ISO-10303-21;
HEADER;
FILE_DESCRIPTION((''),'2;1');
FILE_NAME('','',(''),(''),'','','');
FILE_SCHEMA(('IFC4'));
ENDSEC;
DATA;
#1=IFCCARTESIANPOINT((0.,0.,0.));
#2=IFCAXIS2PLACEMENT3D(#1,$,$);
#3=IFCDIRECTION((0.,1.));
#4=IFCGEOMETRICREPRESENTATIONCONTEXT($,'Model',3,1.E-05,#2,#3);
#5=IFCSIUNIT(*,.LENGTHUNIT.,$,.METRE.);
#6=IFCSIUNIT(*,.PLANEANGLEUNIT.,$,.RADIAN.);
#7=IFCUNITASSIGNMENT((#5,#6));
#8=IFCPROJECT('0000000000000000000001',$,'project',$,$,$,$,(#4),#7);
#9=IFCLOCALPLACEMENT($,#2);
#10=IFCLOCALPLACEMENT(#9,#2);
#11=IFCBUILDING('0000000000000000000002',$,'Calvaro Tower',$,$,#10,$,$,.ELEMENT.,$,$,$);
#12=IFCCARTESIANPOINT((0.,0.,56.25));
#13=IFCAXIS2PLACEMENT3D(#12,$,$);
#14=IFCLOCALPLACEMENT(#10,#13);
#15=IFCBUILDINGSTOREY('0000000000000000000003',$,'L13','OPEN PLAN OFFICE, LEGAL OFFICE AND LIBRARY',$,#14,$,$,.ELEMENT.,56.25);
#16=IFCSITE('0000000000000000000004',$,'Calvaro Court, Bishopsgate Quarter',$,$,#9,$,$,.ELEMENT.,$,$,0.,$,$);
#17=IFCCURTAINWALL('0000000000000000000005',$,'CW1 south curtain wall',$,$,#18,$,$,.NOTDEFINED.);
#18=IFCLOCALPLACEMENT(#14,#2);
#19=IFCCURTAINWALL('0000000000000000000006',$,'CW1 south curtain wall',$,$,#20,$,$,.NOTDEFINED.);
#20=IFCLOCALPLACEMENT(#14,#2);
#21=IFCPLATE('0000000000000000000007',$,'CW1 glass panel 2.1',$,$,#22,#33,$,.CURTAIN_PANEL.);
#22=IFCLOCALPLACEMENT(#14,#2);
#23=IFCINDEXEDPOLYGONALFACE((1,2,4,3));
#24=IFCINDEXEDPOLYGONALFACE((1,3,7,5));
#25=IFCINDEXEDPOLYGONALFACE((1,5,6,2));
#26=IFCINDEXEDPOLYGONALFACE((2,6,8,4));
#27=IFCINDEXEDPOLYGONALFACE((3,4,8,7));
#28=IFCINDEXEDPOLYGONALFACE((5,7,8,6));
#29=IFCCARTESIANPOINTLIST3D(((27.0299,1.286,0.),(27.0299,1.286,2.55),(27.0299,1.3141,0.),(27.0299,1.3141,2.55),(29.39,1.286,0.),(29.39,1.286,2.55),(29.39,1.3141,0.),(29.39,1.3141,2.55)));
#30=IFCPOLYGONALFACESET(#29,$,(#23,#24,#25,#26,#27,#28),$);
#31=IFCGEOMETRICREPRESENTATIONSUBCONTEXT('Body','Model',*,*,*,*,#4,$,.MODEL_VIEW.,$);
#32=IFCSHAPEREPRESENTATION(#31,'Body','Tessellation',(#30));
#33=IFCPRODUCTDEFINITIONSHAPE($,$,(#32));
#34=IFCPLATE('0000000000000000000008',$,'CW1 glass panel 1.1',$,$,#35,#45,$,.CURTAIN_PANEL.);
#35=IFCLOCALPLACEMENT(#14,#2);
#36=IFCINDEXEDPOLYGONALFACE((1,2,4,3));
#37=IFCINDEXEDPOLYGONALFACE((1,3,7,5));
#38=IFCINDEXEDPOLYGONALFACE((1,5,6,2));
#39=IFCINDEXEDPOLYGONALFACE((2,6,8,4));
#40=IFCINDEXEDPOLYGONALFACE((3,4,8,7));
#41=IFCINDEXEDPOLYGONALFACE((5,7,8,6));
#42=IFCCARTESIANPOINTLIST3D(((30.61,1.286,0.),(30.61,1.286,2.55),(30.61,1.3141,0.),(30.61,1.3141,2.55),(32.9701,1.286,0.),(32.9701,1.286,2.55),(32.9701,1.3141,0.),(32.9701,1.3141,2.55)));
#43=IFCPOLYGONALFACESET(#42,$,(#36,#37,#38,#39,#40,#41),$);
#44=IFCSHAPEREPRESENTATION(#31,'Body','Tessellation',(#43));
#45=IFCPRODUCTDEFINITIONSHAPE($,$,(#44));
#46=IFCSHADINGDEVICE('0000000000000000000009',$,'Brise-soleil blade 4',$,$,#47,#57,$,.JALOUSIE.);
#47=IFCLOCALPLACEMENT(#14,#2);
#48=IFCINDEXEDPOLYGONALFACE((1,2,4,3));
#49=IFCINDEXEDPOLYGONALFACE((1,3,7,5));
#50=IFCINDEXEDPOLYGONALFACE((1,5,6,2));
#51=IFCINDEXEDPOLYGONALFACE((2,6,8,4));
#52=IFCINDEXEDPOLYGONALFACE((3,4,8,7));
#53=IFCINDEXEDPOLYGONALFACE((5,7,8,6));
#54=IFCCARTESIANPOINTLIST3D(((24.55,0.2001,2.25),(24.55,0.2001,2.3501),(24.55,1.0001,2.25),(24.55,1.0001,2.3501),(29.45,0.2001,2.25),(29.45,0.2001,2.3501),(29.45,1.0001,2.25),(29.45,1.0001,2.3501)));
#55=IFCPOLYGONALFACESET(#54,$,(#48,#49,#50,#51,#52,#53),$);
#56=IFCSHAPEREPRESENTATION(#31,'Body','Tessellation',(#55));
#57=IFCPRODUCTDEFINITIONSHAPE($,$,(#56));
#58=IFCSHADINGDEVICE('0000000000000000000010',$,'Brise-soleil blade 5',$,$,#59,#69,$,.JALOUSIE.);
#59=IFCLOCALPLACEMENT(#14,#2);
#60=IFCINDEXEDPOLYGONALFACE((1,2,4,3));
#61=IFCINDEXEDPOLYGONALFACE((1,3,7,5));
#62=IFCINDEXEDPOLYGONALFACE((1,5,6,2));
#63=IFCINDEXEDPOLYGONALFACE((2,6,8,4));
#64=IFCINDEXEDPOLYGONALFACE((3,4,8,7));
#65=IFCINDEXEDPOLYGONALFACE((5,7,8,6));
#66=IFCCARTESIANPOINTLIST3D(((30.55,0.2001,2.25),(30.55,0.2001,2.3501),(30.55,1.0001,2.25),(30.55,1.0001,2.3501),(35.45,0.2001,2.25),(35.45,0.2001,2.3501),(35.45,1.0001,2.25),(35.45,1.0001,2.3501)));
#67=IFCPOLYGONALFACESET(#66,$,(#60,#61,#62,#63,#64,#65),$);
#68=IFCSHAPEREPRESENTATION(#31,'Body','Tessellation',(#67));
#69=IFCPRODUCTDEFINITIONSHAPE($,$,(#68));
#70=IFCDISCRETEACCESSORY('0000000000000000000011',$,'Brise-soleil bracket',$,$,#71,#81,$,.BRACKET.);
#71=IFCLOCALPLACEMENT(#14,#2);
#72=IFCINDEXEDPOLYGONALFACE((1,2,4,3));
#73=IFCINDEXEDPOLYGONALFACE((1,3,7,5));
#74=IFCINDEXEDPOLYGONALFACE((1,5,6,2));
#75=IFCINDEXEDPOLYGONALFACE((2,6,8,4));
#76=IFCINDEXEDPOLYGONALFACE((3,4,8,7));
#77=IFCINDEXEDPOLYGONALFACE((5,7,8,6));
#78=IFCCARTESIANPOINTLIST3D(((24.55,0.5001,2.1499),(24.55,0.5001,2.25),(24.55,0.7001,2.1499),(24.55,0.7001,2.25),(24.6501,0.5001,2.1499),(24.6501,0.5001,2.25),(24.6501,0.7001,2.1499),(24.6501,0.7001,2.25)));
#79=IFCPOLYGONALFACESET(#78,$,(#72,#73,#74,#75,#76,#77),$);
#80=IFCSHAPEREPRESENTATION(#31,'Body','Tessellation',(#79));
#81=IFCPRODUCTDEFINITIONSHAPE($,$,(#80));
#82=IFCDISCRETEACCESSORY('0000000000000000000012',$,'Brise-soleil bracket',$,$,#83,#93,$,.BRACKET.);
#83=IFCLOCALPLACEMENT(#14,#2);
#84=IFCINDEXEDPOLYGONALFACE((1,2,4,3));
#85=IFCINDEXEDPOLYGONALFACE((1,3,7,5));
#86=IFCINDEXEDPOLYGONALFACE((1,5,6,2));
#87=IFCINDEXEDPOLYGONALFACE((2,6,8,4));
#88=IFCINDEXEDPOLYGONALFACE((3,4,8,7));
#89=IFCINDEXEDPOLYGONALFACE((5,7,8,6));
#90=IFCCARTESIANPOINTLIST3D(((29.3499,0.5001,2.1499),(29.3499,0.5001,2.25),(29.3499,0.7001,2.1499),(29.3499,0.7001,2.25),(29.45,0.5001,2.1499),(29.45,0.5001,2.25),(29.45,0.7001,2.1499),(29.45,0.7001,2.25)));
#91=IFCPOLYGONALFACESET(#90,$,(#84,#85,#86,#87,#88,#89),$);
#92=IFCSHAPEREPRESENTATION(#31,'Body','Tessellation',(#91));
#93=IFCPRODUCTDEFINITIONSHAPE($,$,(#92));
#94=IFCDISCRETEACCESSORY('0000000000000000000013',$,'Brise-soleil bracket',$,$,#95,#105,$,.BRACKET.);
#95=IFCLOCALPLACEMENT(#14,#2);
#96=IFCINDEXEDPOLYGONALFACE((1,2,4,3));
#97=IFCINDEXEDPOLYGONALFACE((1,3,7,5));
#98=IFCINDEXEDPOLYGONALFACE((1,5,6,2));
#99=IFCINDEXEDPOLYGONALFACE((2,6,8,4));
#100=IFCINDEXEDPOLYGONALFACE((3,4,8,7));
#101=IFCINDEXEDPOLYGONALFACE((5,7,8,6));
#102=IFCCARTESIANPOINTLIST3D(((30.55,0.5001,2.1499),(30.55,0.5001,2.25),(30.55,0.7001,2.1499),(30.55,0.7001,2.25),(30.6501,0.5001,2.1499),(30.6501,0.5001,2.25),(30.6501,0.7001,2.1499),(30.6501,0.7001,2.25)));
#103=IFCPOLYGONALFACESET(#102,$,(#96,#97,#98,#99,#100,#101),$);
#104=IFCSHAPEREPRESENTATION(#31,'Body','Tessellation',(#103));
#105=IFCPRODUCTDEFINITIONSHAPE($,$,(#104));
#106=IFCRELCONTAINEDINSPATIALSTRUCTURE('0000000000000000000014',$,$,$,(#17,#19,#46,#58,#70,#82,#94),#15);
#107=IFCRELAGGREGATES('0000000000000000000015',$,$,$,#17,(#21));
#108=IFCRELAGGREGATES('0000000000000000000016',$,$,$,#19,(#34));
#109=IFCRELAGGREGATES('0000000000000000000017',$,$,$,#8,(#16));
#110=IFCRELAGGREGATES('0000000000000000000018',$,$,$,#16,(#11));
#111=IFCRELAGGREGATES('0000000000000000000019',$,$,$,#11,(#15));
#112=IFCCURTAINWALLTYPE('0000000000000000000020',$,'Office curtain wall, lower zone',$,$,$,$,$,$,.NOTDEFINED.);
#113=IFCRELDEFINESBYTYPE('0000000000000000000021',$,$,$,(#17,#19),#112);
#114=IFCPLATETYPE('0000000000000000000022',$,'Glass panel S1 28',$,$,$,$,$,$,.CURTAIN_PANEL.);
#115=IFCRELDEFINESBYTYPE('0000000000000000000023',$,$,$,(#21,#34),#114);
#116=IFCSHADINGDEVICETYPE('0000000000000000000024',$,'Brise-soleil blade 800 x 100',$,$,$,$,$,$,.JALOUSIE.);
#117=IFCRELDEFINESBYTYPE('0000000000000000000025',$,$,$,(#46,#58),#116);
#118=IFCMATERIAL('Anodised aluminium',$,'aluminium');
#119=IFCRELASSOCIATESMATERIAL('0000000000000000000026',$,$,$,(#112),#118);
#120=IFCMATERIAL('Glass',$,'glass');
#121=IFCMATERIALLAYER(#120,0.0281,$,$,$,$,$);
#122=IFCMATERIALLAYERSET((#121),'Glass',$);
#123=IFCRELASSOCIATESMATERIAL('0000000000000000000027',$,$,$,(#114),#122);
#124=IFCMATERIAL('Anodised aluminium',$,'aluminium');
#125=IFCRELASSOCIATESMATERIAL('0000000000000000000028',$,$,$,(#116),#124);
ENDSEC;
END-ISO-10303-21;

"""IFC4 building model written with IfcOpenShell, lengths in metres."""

from ifc_helpers import new_model, si_unit, direction, frame, origin, origin_2d, place, context, subcontext, project, spatial, rectangle, extrude, material, layer, layer_set, material_profile, profile_set, type_object, element, aggregate, save


model = new_model("IFC4")

# Units and contexts
model_context = context("Model", 3, precision=1e-05, world=origin(), true_north=direction((0.0, 1.0)))
body_context = subcontext(model_context, "Body", "Model", "MODEL_VIEW")
ifc_project = project(units=[si_unit("LENGTHUNIT", "METRE"), si_unit("PLANEANGLEUNIT", "RADIAN")], contexts=[model_context])

# Site, building, storey
site_placement = place(None, origin())
site = spatial("IfcSite", under=ifc_project, at=site_placement, Name="Calvaro Court, Bishopsgate Quarter", CompositionType="ELEMENT", RefElevation=0.0)
building_placement = place(site_placement, origin())
building = spatial("IfcBuilding", under=site, at=building_placement, Name="Calvaro Tower", CompositionType="ELEMENT")
storey_placement = place(building_placement, frame((0.0, 0.0, 56.25)))
storey = spatial("IfcBuildingStorey", under=building, at=storey_placement, Name="L13", Description="OPEN PLAN OFFICE, LEGAL OFFICE AND LIBRARY", CompositionType="ELEMENT", Elevation=56.25)

# Curtain walls
ifc_material_1 = material(Name="Anodised aluminium", Category="aluminium")
curtain_wall_type = type_object("IfcCurtainWallType", Name="Office curtain wall, lower zone", PredefinedType="NOTDEFINED", material=ifc_material_1)
curtain_wall_1_placement = place(storey_placement, origin())
curtain_wall_1 = element("IfcCurtainWall", 1, at=curtain_wall_1_placement, inside=storey, type_object=curtain_wall_type, Name="CW1 south curtain wall", PredefinedType="NOTDEFINED")
curtain_wall_2_placement = place(storey_placement, origin())
curtain_wall_2 = element("IfcCurtainWall", 2, at=curtain_wall_2_placement, inside=storey, type_object=curtain_wall_type, Name="CW1 south curtain wall", PredefinedType="NOTDEFINED")

# Plates
ifc_material_2 = material(Name="Glass", Category="glass")
ifc_layer = layer(ifc_material_2, 0.0281)
ifc_layer_set = layer_set([ifc_layer], Name="Glass")
plate_type = type_object("IfcPlateType", Name="Glass panel S1 28", PredefinedType="CURTAIN_PANEL", material=ifc_layer_set)
plate_1_placement = place(storey_placement, frame((28.21, 1.3, 0.0), z_axis=(0.0, 0.0, 1.0), x_axis=(1.0, 0.0, 0.0)))
plate_1 = element("IfcPlate", 3, at=plate_1_placement, type_object=plate_type, Name="CW1 glass panel 2.1", PredefinedType="CURTAIN_PANEL", context=body_context, shape_type="SweptSolid", body=[
    extrude(rectangle(XDim=2.3601, YDim=0.0281, at=origin_2d()), origin(), (0.0, 0.0, 1.0), 2.55),
])
aggregate(curtain_wall_1, [plate_1])
plate_2_placement = place(storey_placement, frame((31.79, 1.3, 0.0), z_axis=(0.0, 0.0, 1.0), x_axis=(1.0, 0.0, 0.0)))
plate_2 = element("IfcPlate", 4, at=plate_2_placement, type_object=plate_type, Name="CW1 glass panel 1.1", PredefinedType="CURTAIN_PANEL", context=body_context, shape_type="SweptSolid", body=[
    extrude(rectangle(XDim=2.3601, YDim=0.0281, at=origin_2d()), origin(), (0.0, 0.0, 1.0), 2.55),
])
aggregate(curtain_wall_2, [plate_2])

# Shading devices
ifc_material_3 = material(Name="Anodised aluminium", Category="aluminium")
ifc_material_profile_1 = material_profile(ifc_material_3, rectangle(XDim=0.8, YDim=0.1001, at=origin_2d()), Name="Brise-soleil blade 800 x 100")
ifc_profile_set_1 = profile_set([ifc_material_profile_1], Name="Anodised aluminium")
shading_device_type = type_object("IfcShadingDeviceType", Name="Brise-soleil blade 800 x 100", PredefinedType="JALOUSIE", material=ifc_profile_set_1)
for number, where, z_axis, x_axis, name in (
    (5, (24.55, 0.6001, 2.3), (1.0, 0.0, 0.0), (0.0, 1.0, 0.0), "Brise-soleil blade 4"),
    (6, (30.55, 0.6001, 2.3), (1.0, 0.0, 0.0), (0.0, 1.0, 0.0), "Brise-soleil blade 5"),
):
    element("IfcShadingDevice", number, at=place(storey_placement, frame(where, z_axis=z_axis, x_axis=x_axis)), inside=storey, type_object=shading_device_type, Name=name, PredefinedType="JALOUSIE", context=body_context, shape_type="SweptSolid", body=[
        extrude(rectangle(XDim=0.8, YDim=0.1001, at=origin_2d()), origin(), (0.0, 0.0, 1.0), 4.8999),
    ])

# Discrete accessories
for number, where, z_axis, x_axis, name in (
    (7, (24.6001, 0.6001, 2.1499), (0.0, 0.0, 1.0), (1.0, 0.0, 0.0), "Brise-soleil bracket"),
    (8, (29.3999, 0.6001, 2.1499), (0.0, 0.0, 1.0), (1.0, 0.0, 0.0), "Brise-soleil bracket"),
    (9, (30.6001, 0.6001, 2.1499), (0.0, 0.0, 1.0), (1.0, 0.0, 0.0), "Brise-soleil bracket"),
):
    element("IfcDiscreteAccessory", number, at=place(storey_placement, frame(where, z_axis=z_axis, x_axis=x_axis)), inside=storey, Name=name, PredefinedType="BRACKET", context=body_context, shape_type="SweptSolid", body=[
        extrude(rectangle(XDim=0.1001, YDim=0.2, at=origin_2d()), origin(), (0.0, 0.0, 1.0), 0.1001),
    ])

save(model, "model.ifc")
